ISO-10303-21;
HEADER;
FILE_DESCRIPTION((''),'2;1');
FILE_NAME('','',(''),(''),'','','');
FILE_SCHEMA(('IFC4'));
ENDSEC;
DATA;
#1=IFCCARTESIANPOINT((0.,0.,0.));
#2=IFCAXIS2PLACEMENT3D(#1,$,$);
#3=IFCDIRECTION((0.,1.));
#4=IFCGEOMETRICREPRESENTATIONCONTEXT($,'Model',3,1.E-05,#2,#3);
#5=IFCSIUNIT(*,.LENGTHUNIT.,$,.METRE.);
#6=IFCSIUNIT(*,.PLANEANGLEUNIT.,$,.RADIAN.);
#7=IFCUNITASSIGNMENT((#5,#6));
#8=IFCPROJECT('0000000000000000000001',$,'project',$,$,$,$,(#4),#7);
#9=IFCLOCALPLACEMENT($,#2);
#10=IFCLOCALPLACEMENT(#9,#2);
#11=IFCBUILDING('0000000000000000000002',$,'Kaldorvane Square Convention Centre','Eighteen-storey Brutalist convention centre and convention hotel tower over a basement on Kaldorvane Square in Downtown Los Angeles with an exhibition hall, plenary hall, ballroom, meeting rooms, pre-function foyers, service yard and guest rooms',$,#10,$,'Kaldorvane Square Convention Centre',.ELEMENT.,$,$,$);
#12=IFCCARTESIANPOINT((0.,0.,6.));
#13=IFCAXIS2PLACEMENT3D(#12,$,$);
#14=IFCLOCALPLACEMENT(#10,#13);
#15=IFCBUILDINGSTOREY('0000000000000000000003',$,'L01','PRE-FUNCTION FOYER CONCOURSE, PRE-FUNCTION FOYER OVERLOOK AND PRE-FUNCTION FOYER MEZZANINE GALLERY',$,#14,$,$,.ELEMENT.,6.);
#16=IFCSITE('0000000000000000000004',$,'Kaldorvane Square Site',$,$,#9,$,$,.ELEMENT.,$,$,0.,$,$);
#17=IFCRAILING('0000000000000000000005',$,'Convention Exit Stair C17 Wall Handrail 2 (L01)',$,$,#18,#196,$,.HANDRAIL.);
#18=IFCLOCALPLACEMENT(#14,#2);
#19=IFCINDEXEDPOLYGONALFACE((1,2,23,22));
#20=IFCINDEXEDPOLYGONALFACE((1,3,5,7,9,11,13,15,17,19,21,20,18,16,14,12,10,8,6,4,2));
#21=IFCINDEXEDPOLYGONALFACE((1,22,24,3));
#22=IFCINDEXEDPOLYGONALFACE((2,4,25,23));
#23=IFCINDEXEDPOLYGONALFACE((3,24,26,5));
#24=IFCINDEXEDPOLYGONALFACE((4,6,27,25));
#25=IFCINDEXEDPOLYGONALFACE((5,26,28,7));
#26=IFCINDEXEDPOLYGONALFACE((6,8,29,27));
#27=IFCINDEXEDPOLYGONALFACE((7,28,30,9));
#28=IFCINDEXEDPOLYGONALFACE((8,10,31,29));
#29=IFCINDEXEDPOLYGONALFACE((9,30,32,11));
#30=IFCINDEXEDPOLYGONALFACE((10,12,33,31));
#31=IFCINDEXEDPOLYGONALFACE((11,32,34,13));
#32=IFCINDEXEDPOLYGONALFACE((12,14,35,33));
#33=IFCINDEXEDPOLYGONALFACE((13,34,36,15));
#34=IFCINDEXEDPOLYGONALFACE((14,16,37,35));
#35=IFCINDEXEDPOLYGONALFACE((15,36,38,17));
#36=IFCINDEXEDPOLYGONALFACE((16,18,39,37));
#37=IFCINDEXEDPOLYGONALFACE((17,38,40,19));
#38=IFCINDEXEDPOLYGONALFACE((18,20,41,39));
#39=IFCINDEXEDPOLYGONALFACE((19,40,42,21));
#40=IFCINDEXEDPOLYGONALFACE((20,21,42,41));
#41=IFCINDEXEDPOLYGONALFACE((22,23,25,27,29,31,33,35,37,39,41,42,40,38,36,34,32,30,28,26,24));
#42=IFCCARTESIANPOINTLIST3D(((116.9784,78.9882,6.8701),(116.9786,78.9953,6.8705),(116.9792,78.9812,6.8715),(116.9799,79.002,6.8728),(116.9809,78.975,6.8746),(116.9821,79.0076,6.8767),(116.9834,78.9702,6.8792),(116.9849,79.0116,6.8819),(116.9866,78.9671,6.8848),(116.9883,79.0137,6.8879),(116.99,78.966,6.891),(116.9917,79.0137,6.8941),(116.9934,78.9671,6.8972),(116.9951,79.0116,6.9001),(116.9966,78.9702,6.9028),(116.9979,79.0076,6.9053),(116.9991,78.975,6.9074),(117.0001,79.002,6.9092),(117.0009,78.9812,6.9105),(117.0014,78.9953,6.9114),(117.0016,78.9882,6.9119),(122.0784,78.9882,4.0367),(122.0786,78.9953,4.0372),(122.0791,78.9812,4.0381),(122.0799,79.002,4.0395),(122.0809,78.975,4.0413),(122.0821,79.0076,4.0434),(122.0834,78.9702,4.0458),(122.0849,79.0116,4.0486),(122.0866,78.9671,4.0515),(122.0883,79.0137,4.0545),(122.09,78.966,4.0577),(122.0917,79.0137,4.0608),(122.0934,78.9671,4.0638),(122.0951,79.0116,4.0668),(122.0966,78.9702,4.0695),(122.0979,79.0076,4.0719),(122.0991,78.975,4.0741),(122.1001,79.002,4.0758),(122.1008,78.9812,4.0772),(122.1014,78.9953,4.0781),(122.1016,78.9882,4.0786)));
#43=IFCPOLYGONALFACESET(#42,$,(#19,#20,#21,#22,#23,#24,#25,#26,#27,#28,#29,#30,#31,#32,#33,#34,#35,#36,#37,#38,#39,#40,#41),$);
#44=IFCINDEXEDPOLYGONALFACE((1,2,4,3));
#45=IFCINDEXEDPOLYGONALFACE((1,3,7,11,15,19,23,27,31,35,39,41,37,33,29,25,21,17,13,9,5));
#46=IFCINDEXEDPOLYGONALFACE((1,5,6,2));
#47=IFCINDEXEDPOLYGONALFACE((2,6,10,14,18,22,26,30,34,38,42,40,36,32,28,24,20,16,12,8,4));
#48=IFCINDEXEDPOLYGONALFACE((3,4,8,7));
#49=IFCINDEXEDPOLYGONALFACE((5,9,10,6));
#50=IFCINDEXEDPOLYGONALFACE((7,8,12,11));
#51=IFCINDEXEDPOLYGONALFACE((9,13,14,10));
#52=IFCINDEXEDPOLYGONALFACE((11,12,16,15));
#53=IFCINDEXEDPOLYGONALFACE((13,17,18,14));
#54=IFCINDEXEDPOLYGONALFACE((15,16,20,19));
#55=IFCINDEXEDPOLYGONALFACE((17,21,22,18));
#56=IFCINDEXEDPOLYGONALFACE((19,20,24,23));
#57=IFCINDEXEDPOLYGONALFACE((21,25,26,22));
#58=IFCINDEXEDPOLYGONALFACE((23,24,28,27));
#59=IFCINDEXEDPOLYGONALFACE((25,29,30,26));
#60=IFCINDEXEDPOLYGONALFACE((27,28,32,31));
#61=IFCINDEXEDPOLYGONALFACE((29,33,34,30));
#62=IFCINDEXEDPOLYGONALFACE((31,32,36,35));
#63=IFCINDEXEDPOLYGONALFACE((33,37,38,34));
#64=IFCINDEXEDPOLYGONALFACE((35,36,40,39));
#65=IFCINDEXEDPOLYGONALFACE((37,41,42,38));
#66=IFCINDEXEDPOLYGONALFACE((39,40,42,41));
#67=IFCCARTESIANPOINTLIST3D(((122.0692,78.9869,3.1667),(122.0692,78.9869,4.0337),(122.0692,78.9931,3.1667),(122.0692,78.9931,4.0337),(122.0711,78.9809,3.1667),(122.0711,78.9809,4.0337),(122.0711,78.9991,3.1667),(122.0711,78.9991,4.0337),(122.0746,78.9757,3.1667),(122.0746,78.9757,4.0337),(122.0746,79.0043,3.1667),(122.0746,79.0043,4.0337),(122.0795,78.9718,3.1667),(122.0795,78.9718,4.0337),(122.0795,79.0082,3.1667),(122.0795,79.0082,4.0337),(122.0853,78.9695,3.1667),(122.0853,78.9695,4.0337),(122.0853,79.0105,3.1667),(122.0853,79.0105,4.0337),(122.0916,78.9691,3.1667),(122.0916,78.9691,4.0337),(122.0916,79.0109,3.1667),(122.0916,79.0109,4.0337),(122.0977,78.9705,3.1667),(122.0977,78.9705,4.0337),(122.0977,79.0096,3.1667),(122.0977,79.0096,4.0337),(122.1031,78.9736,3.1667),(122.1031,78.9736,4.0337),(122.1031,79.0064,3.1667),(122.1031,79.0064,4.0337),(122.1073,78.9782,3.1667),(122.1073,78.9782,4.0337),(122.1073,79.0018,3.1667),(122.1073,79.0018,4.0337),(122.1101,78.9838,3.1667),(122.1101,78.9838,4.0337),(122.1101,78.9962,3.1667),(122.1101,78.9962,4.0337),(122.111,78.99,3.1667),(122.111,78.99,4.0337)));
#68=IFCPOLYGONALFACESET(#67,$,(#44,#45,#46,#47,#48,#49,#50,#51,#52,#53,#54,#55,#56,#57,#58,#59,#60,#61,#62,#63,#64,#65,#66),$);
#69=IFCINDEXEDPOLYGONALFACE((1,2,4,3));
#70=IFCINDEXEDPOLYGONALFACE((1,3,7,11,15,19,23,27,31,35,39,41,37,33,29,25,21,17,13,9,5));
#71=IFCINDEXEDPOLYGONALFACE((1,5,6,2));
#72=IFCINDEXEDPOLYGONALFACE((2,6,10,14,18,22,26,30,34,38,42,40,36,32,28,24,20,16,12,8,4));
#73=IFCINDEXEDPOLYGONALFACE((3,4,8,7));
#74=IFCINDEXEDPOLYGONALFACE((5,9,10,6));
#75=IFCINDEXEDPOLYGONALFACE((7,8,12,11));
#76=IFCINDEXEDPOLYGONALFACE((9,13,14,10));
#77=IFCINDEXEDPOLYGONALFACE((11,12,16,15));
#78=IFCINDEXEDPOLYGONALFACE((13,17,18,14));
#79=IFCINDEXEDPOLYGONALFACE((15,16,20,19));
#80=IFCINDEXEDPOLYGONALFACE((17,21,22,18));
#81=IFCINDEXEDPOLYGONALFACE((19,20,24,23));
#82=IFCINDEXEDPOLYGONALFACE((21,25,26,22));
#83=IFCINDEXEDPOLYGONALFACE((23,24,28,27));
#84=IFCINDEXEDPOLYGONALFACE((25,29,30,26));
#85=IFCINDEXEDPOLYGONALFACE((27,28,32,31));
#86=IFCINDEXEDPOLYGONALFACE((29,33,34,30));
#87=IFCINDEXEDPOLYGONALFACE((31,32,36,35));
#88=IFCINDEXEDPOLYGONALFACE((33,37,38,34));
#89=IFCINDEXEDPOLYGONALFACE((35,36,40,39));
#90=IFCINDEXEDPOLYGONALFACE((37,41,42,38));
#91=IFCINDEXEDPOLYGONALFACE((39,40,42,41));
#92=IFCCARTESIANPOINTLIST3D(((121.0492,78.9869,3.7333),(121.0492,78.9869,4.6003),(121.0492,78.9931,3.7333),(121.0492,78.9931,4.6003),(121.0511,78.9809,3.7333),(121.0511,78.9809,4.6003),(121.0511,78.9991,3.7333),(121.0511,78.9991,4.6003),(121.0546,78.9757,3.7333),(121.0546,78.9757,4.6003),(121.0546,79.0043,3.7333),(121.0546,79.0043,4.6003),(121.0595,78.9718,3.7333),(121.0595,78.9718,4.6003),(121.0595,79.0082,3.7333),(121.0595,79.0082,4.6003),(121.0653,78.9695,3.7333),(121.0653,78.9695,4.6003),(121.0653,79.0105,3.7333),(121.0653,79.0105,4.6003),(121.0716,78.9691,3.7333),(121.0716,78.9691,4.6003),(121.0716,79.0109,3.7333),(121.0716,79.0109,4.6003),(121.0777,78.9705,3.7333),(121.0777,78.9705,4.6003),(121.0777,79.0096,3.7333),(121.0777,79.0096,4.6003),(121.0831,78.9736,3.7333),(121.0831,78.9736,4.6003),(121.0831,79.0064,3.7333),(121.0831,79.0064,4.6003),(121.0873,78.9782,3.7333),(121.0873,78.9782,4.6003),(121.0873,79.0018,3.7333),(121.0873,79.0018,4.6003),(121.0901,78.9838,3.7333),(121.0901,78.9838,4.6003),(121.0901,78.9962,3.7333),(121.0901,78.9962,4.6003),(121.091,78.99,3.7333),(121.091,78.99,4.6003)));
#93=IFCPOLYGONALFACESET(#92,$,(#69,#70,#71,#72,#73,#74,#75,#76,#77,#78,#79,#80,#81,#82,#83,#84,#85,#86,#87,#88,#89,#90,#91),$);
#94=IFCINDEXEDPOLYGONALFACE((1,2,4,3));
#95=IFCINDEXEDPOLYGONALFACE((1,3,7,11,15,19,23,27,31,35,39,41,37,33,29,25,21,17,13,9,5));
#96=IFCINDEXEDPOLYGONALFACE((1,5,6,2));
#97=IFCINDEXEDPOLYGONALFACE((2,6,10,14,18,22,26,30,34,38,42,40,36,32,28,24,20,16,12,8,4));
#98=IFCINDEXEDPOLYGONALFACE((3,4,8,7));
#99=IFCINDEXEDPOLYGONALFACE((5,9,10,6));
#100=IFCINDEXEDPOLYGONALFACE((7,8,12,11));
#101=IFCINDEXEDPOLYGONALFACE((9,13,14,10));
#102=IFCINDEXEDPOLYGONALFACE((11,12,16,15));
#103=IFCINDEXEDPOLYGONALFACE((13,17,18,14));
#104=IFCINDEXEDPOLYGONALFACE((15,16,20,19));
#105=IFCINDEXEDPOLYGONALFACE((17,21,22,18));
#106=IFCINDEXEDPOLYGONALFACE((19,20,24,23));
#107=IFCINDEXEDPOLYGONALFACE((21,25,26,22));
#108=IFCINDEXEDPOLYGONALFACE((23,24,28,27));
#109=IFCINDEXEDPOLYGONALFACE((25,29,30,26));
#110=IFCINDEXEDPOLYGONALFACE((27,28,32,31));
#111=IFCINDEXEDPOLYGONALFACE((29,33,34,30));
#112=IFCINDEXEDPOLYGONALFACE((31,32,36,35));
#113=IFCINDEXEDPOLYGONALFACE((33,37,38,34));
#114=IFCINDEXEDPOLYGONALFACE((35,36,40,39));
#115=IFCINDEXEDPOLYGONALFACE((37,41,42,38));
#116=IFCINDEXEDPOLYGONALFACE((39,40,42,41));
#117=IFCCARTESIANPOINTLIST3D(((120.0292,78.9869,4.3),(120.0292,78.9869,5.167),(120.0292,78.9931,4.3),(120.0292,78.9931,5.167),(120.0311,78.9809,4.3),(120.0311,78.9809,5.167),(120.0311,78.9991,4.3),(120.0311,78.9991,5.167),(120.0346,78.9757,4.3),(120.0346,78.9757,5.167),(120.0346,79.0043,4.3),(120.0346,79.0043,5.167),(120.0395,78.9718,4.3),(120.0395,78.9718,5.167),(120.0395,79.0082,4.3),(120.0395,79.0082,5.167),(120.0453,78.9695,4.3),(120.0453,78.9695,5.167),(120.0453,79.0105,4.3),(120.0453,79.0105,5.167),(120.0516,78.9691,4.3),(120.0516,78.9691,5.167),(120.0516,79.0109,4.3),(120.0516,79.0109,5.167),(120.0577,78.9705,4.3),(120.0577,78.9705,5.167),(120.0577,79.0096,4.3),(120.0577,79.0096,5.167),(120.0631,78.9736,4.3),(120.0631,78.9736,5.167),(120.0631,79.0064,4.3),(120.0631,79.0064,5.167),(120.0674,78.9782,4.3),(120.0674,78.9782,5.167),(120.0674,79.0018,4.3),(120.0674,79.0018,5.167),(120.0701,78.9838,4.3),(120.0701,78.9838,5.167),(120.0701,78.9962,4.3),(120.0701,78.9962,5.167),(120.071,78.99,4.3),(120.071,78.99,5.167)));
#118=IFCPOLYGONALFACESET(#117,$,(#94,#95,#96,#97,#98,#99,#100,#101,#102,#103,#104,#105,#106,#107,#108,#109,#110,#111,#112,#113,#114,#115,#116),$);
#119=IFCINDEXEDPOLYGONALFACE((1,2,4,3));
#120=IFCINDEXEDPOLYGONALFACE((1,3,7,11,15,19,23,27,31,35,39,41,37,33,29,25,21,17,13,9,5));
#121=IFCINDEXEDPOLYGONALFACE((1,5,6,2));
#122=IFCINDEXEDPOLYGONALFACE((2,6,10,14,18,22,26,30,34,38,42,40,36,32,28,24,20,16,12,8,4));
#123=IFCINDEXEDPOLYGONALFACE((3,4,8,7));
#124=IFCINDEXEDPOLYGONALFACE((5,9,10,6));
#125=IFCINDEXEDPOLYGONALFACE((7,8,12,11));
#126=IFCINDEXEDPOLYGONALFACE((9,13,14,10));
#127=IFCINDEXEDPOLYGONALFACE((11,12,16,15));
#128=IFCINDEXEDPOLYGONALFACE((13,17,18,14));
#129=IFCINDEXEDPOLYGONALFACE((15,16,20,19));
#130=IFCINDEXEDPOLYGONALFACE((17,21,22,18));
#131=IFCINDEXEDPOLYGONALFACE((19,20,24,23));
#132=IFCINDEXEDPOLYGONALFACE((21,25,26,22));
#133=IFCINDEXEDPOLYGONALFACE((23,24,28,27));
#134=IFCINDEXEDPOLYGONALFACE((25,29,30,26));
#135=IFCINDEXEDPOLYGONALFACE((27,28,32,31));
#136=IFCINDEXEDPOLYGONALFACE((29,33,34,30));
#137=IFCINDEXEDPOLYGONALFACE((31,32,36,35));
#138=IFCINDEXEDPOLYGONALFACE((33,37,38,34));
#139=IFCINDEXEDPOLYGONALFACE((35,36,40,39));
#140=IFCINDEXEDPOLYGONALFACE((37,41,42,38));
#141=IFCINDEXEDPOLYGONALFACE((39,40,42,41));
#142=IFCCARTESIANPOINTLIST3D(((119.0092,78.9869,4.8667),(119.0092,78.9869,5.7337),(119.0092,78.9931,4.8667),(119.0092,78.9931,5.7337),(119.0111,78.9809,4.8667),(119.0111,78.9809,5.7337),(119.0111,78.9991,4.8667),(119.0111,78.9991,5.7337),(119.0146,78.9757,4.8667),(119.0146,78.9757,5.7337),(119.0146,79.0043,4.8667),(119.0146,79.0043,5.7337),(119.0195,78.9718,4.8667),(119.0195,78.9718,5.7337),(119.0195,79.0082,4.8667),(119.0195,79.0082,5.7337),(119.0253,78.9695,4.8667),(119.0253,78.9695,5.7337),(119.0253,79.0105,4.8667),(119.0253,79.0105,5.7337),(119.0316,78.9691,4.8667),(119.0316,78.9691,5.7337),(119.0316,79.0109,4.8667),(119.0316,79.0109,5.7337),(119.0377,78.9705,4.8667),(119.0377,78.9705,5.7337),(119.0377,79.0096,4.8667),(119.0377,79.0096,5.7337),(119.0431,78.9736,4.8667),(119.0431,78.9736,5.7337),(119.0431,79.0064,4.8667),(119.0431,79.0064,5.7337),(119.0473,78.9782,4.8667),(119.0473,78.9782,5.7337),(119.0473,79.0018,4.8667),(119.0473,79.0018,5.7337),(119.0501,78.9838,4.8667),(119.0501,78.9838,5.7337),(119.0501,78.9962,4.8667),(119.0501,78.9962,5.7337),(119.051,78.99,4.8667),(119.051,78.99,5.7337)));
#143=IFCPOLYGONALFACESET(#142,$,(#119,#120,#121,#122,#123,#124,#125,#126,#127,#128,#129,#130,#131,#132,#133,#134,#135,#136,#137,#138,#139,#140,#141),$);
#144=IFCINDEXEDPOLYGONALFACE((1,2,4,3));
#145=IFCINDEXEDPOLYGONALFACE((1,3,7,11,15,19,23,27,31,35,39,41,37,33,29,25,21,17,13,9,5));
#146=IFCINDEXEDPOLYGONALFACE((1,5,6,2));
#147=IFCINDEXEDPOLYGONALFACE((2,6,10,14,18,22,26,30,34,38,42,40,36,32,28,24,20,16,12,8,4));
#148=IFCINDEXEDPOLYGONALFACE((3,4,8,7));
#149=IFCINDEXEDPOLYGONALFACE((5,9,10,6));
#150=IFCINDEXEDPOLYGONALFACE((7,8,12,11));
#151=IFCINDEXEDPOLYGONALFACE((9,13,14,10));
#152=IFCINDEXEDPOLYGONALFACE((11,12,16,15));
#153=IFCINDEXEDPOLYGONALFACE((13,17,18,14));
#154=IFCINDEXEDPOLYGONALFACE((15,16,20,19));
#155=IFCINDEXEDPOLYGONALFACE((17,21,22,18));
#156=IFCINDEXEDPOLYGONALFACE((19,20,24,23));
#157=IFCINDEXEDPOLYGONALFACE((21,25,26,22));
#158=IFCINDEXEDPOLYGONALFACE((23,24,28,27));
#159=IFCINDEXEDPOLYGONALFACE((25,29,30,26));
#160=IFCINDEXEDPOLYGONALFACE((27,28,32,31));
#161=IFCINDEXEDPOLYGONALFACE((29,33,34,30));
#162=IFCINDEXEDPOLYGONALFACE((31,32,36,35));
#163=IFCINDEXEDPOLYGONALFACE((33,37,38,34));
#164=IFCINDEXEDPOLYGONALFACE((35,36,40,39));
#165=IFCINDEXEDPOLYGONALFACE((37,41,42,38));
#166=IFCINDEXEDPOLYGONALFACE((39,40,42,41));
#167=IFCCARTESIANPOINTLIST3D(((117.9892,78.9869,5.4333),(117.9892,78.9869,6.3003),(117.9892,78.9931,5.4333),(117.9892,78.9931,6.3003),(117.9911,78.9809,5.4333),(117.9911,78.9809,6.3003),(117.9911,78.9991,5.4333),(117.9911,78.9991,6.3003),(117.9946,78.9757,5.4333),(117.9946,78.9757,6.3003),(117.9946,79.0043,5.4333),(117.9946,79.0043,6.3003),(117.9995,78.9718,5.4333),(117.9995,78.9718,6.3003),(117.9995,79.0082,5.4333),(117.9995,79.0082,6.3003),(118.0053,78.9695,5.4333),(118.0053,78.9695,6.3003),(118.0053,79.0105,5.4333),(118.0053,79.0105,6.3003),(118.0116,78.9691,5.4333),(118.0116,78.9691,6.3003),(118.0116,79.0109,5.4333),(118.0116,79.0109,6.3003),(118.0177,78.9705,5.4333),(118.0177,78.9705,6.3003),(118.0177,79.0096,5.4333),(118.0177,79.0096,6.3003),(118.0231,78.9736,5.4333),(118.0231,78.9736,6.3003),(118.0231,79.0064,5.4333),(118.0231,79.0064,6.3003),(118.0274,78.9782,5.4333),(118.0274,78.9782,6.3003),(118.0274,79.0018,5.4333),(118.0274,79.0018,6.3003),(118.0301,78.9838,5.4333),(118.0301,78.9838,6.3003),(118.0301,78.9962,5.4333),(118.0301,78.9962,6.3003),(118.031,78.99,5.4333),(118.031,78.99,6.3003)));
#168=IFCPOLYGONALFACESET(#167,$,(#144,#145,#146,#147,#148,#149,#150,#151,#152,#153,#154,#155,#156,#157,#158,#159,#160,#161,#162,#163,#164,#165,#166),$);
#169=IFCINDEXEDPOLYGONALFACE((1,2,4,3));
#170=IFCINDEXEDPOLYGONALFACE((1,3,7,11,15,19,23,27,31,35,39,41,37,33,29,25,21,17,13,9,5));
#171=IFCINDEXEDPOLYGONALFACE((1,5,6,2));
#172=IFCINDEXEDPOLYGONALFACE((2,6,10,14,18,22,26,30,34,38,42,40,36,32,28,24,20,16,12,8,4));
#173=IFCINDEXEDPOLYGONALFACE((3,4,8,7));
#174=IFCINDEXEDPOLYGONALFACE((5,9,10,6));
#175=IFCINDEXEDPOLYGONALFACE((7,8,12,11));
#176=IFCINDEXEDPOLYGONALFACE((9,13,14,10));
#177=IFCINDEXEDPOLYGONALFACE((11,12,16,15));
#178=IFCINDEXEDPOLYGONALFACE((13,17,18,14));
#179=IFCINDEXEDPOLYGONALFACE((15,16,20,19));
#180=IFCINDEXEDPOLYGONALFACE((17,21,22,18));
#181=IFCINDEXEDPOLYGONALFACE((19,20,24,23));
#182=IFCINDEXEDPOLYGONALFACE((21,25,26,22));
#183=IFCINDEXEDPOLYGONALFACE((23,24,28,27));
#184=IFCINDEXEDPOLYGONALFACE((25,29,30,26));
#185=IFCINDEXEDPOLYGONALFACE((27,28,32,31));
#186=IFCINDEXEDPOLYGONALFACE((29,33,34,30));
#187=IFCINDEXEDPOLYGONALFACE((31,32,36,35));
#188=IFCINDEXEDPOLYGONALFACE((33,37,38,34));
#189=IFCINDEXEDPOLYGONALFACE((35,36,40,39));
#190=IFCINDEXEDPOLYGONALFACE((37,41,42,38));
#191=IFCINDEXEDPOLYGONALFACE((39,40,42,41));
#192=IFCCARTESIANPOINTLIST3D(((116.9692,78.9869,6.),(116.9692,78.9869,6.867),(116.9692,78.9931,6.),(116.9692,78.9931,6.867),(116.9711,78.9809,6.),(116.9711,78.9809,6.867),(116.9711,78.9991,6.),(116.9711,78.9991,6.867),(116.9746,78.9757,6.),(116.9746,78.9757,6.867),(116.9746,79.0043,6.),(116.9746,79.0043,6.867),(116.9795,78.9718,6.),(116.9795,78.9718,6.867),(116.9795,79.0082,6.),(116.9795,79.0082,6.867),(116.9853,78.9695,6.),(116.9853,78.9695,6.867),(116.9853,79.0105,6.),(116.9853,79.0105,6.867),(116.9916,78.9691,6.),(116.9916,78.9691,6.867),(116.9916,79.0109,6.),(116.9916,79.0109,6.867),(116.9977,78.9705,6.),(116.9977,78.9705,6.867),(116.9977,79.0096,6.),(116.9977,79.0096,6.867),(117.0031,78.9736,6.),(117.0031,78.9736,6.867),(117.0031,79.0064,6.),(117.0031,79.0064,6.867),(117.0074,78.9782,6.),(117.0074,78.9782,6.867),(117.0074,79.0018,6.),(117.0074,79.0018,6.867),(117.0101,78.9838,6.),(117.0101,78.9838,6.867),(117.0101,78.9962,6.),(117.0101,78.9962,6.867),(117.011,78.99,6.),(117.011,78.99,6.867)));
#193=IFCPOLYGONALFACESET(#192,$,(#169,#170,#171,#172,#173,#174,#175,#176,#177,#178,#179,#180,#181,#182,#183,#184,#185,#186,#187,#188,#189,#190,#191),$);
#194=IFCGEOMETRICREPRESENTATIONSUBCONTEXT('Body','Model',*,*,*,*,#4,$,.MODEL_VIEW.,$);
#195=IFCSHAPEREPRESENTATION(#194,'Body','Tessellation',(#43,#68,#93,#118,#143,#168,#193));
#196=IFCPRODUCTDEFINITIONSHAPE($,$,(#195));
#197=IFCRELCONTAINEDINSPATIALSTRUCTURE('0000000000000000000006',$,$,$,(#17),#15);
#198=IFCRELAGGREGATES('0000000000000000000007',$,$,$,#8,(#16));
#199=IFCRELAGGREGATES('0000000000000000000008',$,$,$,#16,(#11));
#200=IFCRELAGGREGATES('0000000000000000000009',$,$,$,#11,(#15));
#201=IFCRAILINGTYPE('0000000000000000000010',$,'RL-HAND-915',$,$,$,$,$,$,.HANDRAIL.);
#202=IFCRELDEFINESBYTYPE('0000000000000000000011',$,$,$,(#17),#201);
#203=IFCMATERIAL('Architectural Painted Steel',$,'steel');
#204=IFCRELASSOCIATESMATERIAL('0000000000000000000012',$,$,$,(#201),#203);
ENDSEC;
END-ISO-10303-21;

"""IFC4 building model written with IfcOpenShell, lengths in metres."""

from ifc_helpers import new_model, si_unit, direction, frame, origin, origin_2d, place, context, subcontext, project, spatial, circle, extrude, material, type_object, element, save


model = new_model("IFC4")

# Units and contexts
model_context = context("Model", 3, precision=1e-05, world=origin(), true_north=direction((0.0, 1.0)))
body_context = subcontext(model_context, "Body", "Model", "MODEL_VIEW")
ifc_project = project(units=[si_unit("LENGTHUNIT", "METRE"), si_unit("PLANEANGLEUNIT", "RADIAN")], contexts=[model_context])

# Site, building, storey
site_placement = place(None, origin())
site = spatial("IfcSite", under=ifc_project, at=site_placement, Name="Kaldorvane Square Site", CompositionType="ELEMENT", RefElevation=0.0)
building_placement = place(site_placement, origin())
building = spatial("IfcBuilding", under=site, at=building_placement, Name="Kaldorvane Square Convention Centre", Description="Eighteen-storey Brutalist convention centre and convention hotel tower over a basement on Kaldorvane Square in Downtown Los Angeles with an exhibition hall, plenary hall, ballroom, meeting rooms, pre-function foyers, service yard and guest rooms", LongName="Kaldorvane Square Convention Centre", CompositionType="ELEMENT")
storey_placement = place(building_placement, frame((0.0, 0.0, 6.0)))
storey = spatial("IfcBuildingStorey", under=building, at=storey_placement, Name="L01", Description="PRE-FUNCTION FOYER CONCOURSE, PRE-FUNCTION FOYER OVERLOOK AND PRE-FUNCTION FOYER MEZZANINE GALLERY", CompositionType="ELEMENT", Elevation=6.0)

# Railing
ifc_material_1 = material(Name="Architectural Painted Steel", Category="steel")
railing_type_1 = type_object("IfcRailingType", Name="RL-HAND-915", PredefinedType="HANDRAIL", material=ifc_material_1)
railing_1_placement = place(storey_placement, frame((122.09, 78.99, 3.1667)))
element("IfcRailing", 1, at=railing_1_placement, inside=storey, type_object=railing_type_1, Name="Convention Exit Stair C17 Wall Handrail 2 (L01)", PredefinedType="HANDRAIL", context=body_context, shape_type="SweptSolid", body=[
    extrude(circle(Radius=0.024, at=origin_2d()), frame((0.0, 0.0, 0.891), z_axis=(-0.874157, 0.0, 0.485643), x_axis=(0.0, -1.0, 0.0)), (0.0, 0.0, 1.0), 5.8342),
    extrude(circle(Radius=0.021, at=origin_2d()), origin(), (0.0, 0.0, 1.0), 0.867),
    extrude(circle(Radius=0.021, at=origin_2d()), frame((-1.02, 0.0, 0.5667)), (0.0, 0.0, 1.0), 0.867),
    extrude(circle(Radius=0.021, at=origin_2d()), frame((-2.04, 0.0, 1.1333)), (0.0, 0.0, 1.0), 0.867),
    extrude(circle(Radius=0.021, at=origin_2d()), frame((-3.06, 0.0, 1.7)), (0.0, 0.0, 1.0), 0.867),
    extrude(circle(Radius=0.021, at=origin_2d()), frame((-4.08, 0.0, 2.2667)), (0.0, 0.0, 1.0), 0.867),
    extrude(circle(Radius=0.021, at=origin_2d()), frame((-5.1, 0.0, 2.8333)), (0.0, 0.0, 1.0), 0.867),
])

save(model, "model.ifc")
